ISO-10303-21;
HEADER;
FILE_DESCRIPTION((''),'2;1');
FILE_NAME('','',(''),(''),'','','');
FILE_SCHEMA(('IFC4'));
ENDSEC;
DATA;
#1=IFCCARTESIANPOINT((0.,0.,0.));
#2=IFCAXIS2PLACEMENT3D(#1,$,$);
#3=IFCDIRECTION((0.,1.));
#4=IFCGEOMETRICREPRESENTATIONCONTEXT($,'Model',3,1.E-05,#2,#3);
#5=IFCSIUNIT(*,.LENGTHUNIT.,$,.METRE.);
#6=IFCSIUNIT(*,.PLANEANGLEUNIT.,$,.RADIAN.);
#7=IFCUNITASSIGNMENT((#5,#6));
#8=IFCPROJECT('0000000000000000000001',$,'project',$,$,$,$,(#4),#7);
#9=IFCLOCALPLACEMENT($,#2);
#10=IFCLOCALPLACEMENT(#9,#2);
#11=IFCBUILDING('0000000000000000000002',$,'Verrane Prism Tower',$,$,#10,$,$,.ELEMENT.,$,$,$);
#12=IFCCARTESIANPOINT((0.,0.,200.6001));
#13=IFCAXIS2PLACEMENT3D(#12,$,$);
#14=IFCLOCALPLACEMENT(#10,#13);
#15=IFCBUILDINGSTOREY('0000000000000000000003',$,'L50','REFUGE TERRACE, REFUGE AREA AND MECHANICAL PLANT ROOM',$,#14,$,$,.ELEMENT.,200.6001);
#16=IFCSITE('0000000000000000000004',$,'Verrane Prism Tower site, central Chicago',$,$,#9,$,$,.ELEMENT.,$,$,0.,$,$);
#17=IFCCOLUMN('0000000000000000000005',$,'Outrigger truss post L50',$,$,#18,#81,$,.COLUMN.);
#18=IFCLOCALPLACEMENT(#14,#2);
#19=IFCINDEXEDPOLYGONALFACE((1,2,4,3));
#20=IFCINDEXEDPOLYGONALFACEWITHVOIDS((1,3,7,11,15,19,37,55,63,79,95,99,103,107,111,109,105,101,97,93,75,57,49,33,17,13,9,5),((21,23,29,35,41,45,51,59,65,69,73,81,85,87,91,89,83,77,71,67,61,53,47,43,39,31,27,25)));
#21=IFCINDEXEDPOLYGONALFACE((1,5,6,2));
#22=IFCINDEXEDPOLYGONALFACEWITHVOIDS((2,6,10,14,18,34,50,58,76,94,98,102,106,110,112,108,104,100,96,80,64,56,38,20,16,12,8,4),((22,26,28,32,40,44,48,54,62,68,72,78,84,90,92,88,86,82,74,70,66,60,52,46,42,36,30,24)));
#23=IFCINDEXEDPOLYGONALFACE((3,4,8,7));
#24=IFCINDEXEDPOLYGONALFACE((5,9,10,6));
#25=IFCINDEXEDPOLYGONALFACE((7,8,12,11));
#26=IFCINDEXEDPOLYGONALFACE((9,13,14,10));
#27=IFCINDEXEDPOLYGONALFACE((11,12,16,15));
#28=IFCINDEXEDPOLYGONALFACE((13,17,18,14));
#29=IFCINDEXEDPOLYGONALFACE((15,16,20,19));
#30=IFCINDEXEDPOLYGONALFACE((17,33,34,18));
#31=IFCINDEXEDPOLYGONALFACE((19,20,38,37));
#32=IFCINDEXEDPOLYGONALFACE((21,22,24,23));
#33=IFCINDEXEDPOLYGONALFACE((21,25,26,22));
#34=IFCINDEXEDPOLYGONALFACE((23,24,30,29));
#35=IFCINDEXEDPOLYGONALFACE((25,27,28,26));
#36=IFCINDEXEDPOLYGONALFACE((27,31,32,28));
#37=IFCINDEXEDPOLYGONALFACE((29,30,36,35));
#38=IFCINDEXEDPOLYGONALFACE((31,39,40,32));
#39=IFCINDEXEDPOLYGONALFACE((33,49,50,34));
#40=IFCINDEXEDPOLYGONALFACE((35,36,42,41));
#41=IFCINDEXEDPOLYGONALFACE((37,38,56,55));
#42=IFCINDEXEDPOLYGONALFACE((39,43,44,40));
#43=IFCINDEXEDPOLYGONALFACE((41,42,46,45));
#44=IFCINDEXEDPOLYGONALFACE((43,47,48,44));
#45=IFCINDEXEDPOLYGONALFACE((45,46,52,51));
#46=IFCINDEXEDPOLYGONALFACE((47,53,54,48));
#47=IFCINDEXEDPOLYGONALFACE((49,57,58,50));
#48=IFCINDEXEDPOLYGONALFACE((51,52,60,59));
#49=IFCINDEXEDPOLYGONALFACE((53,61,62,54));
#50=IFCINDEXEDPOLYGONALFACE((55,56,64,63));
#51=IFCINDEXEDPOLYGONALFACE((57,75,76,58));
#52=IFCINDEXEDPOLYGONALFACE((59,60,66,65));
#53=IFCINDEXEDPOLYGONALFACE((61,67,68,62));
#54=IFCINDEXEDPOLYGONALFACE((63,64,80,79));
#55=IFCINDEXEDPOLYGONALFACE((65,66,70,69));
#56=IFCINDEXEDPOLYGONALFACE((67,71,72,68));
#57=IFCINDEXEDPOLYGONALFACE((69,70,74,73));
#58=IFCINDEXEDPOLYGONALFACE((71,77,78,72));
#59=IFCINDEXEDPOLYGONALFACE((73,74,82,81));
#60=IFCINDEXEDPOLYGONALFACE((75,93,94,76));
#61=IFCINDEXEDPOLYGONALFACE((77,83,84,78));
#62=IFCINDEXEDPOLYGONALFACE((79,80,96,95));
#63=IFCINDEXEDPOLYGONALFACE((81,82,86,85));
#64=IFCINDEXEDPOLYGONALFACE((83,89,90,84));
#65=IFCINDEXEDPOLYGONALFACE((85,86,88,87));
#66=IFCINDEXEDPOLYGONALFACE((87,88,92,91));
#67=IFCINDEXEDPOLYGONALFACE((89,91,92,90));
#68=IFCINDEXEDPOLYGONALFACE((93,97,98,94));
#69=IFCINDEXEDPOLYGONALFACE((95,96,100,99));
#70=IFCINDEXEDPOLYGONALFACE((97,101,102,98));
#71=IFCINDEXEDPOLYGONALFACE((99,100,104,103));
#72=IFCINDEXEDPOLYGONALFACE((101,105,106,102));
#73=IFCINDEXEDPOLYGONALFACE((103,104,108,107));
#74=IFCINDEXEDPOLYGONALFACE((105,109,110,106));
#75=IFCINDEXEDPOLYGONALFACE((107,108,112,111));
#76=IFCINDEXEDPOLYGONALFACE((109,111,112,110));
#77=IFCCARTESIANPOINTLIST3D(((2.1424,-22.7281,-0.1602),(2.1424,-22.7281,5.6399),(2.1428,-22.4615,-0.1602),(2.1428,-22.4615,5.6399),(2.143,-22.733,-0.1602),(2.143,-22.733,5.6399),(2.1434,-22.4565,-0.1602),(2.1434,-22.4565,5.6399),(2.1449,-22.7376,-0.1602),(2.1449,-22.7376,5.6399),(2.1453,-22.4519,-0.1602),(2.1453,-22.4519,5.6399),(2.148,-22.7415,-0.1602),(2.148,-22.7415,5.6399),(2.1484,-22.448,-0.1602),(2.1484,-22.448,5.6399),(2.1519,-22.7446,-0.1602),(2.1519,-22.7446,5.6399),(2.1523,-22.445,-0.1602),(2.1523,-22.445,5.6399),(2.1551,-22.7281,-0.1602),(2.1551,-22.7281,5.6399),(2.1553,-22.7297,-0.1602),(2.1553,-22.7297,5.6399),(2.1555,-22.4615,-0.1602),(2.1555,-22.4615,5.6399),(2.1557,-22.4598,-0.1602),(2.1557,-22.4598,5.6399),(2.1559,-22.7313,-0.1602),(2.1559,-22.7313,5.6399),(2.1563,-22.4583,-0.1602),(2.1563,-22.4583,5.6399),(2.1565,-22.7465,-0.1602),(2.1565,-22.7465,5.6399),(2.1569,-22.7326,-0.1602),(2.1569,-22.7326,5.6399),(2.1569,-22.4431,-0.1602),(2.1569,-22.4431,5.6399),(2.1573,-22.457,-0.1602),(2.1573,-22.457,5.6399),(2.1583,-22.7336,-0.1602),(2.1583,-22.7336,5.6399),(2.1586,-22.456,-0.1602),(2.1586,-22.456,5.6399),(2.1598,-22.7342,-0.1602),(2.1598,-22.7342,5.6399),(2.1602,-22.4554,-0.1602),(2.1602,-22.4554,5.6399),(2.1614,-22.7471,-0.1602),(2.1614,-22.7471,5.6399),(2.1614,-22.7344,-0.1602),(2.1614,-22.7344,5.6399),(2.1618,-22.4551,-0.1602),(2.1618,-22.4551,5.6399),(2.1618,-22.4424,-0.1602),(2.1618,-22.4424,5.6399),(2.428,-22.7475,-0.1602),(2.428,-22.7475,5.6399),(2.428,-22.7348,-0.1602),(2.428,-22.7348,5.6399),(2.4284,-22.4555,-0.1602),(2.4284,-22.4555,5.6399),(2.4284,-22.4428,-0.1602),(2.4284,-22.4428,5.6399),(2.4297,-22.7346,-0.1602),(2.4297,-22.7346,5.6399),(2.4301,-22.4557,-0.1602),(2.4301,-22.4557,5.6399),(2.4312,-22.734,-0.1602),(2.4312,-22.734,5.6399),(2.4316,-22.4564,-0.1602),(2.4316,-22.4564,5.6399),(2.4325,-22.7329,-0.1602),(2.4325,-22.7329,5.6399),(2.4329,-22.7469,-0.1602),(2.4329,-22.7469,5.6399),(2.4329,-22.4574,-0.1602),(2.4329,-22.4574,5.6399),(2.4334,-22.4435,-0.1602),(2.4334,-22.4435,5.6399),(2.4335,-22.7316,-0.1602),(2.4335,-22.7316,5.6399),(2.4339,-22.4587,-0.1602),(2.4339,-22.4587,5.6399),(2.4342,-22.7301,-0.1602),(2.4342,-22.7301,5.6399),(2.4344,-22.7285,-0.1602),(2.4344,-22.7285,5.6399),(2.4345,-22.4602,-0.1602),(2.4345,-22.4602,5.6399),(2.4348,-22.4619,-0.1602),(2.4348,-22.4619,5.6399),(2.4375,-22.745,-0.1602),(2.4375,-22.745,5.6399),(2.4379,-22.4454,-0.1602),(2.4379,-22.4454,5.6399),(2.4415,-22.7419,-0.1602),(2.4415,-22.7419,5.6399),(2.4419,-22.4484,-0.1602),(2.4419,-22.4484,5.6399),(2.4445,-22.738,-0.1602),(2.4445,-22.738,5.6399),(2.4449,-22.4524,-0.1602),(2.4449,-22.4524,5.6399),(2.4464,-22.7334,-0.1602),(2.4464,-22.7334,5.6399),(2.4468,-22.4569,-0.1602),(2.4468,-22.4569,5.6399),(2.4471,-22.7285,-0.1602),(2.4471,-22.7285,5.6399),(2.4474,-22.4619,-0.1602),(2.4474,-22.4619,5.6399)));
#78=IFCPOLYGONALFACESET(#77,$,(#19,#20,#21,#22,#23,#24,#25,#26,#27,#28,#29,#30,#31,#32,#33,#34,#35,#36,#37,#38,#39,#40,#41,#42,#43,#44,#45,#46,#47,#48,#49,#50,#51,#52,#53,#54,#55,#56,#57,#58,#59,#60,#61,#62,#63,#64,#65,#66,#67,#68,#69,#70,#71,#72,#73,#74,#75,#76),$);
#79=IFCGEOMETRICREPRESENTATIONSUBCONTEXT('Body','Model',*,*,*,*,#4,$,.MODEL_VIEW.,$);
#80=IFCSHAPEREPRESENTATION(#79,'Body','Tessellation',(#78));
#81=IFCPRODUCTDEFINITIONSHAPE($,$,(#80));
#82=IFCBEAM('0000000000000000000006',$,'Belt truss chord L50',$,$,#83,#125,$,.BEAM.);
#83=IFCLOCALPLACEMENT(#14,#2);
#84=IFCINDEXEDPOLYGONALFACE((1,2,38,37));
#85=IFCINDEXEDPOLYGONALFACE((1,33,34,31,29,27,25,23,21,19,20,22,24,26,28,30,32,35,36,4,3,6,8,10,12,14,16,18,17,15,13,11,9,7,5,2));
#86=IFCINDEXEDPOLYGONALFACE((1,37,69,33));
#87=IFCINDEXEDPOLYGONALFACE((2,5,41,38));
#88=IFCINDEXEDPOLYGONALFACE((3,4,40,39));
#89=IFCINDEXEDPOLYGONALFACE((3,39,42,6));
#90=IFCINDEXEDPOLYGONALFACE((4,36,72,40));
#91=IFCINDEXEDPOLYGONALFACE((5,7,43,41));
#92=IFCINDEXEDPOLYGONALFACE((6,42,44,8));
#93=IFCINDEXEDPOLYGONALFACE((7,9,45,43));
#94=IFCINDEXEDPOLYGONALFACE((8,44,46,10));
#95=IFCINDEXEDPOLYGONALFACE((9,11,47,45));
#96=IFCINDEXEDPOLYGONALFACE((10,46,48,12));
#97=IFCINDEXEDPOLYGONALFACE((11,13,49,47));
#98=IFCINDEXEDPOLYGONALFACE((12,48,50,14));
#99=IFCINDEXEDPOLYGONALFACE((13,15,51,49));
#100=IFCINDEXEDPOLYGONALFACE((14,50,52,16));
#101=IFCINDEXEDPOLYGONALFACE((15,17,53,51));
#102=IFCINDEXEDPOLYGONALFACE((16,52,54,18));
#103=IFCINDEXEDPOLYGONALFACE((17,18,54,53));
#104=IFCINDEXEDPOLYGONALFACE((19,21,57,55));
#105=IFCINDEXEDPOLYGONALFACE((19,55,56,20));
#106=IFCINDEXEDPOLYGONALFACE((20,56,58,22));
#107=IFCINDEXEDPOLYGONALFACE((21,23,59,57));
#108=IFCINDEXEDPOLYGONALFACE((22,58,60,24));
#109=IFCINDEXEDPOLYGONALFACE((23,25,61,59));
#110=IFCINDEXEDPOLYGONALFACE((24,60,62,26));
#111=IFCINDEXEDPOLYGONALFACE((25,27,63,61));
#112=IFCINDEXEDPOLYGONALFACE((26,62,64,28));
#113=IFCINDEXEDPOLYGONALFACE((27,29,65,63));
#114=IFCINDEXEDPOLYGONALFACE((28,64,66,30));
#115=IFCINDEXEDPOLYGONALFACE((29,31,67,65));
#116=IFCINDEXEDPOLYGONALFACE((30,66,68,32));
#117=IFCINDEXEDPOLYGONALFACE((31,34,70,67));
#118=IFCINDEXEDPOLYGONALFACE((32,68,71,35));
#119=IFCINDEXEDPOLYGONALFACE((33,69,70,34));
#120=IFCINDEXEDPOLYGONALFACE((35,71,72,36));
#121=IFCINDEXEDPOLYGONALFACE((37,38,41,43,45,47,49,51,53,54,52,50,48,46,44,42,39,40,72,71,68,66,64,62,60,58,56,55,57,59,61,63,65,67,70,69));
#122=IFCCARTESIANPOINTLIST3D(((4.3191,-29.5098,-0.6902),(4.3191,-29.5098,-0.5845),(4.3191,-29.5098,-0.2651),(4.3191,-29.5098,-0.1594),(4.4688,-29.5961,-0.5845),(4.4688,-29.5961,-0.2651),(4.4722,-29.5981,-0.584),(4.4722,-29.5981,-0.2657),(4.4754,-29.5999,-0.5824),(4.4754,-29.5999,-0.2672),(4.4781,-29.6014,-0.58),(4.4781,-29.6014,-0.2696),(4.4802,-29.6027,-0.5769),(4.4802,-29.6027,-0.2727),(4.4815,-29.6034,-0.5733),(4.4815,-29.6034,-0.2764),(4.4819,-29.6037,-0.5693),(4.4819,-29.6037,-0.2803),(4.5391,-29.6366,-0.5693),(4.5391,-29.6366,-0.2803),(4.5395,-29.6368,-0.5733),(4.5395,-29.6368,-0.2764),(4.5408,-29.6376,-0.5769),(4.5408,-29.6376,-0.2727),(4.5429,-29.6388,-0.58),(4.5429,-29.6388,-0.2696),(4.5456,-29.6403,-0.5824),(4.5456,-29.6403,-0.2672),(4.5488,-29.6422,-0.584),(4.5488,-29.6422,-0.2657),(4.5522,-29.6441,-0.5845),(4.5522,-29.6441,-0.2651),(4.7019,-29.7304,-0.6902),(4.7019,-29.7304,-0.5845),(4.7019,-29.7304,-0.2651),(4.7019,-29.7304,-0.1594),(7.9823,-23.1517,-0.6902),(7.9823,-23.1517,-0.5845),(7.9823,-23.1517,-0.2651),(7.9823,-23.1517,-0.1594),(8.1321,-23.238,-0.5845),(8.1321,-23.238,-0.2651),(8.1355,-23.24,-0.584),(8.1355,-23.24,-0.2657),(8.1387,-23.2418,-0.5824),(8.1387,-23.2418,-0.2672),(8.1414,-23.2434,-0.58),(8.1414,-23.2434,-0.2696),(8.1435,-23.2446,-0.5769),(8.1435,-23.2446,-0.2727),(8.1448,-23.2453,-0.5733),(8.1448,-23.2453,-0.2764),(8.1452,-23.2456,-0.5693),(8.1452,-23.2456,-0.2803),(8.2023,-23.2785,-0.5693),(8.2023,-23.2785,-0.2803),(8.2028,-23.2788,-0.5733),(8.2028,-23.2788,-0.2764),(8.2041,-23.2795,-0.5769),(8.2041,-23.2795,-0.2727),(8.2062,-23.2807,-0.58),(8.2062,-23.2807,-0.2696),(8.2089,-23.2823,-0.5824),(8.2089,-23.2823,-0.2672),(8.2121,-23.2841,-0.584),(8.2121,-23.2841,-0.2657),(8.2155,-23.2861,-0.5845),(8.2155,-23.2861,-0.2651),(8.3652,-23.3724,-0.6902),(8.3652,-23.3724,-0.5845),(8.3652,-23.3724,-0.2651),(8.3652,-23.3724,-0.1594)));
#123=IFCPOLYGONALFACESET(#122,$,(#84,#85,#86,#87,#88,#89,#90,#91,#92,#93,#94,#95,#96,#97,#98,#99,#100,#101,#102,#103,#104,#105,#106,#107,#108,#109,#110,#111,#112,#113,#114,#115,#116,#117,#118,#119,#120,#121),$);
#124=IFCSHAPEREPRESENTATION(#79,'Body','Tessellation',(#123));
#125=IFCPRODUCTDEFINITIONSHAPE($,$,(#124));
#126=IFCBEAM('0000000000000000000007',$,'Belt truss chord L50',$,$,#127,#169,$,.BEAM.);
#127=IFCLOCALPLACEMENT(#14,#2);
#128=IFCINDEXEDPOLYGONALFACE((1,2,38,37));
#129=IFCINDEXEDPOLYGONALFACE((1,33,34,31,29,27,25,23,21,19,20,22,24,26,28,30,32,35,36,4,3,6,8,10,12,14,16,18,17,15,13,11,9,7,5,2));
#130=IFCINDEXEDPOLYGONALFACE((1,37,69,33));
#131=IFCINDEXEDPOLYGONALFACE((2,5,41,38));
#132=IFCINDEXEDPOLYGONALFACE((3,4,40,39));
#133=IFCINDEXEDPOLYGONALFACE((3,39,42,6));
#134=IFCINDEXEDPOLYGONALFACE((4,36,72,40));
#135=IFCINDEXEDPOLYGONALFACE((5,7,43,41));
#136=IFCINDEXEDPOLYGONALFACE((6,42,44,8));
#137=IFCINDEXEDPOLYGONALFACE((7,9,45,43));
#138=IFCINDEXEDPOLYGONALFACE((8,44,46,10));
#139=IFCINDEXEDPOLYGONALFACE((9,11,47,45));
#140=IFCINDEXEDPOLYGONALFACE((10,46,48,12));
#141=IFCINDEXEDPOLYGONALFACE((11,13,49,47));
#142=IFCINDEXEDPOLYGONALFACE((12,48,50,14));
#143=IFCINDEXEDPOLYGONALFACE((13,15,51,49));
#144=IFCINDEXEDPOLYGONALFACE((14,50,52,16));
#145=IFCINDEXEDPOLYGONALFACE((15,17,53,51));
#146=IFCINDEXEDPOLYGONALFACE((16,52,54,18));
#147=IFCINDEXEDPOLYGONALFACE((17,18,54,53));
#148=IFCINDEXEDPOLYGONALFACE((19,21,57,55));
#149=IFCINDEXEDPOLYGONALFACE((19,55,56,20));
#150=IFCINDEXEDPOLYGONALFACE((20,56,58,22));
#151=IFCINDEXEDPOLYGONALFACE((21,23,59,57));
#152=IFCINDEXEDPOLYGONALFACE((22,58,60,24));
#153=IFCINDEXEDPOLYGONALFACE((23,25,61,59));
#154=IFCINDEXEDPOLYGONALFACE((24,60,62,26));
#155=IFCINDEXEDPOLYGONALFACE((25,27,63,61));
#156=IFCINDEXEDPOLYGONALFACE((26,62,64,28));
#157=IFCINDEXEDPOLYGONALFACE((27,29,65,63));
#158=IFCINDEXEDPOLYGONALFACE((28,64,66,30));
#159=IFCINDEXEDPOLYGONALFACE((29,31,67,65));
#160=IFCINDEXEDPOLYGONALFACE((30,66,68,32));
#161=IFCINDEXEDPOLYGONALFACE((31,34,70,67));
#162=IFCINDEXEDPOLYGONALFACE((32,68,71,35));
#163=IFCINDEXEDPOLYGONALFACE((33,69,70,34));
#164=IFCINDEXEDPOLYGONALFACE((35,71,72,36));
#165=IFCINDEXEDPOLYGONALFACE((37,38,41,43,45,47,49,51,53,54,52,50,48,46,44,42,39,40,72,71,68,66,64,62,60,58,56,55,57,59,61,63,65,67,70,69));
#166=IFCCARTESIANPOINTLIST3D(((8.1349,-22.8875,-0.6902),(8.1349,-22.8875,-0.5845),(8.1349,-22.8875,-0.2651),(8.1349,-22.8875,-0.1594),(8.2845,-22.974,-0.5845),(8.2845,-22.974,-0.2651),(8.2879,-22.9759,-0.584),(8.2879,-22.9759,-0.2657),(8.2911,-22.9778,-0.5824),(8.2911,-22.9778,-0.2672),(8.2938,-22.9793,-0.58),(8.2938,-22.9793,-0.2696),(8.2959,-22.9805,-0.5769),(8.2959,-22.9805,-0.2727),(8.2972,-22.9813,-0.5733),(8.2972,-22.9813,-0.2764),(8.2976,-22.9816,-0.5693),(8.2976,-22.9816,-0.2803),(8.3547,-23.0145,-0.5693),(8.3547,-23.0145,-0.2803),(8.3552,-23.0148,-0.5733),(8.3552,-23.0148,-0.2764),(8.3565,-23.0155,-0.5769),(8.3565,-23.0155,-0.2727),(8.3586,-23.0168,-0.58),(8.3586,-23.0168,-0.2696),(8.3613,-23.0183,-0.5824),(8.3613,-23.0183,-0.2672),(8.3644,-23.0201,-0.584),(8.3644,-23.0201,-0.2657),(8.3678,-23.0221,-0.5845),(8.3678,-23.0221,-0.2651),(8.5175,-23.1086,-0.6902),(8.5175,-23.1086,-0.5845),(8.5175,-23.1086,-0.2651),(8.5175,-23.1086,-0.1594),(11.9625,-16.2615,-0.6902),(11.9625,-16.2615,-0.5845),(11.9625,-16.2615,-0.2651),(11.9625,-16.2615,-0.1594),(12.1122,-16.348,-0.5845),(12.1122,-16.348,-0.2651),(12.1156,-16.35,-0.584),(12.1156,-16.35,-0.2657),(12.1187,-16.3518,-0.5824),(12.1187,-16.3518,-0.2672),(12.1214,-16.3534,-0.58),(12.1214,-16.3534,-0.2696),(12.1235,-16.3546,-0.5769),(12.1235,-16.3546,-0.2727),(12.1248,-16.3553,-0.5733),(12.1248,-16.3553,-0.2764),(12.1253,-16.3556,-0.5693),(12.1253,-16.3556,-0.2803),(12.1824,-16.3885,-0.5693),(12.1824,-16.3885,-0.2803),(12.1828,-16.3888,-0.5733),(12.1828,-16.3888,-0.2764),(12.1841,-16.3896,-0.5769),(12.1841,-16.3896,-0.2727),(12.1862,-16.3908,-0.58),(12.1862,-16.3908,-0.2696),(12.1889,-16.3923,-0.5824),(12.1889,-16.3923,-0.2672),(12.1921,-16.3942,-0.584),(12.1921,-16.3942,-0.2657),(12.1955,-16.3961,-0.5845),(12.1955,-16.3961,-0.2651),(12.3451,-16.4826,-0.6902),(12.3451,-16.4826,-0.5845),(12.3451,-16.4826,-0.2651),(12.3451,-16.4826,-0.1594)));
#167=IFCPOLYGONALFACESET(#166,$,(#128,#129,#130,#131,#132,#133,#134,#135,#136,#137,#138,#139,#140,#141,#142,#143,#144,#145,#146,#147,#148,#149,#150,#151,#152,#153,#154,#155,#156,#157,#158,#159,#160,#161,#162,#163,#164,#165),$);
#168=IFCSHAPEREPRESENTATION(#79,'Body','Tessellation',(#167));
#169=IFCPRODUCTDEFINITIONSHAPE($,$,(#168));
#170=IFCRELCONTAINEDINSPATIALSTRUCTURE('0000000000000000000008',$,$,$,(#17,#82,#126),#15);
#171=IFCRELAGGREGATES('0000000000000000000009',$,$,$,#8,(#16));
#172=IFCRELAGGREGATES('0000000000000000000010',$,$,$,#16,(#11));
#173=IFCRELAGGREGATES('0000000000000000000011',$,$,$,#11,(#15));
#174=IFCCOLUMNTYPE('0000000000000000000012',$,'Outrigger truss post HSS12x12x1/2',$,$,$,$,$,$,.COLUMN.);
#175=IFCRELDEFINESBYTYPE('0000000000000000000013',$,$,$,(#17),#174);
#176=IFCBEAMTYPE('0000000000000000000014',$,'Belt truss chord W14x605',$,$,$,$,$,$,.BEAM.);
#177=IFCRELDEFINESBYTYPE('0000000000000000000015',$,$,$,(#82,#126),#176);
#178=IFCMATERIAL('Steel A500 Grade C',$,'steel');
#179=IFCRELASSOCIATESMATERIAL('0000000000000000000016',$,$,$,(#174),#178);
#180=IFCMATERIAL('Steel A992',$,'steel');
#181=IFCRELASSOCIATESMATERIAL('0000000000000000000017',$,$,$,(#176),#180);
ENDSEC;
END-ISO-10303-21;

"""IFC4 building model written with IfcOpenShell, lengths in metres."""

from ifc_helpers import new_model, si_unit, direction, frame, origin, origin_2d, place, context, subcontext, project, spatial, hollow_rectangle, i_section, extrude, material, material_profile, profile_set, type_object, element, save


model = new_model("IFC4")

# Units and contexts
model_context = context("Model", 3, precision=1e-05, world=origin(), true_north=direction((0.0, 1.0)))
body_context = subcontext(model_context, "Body", "Model", "MODEL_VIEW")
ifc_project = project(units=[si_unit("LENGTHUNIT", "METRE"), si_unit("PLANEANGLEUNIT", "RADIAN")], contexts=[model_context])

# Site, building, storey
site_placement = place(None, origin())
site = spatial("IfcSite", under=ifc_project, at=site_placement, Name="Verrane Prism Tower site, central Chicago", CompositionType="ELEMENT", RefElevation=0.0)
building_placement = place(site_placement, origin())
building = spatial("IfcBuilding", under=site, at=building_placement, Name="Verrane Prism Tower", CompositionType="ELEMENT")
storey_placement = place(building_placement, frame((0.0, 0.0, 200.6001)))
storey = spatial("IfcBuildingStorey", under=building, at=storey_placement, Name="L50", Description="REFUGE TERRACE, REFUGE AREA AND MECHANICAL PLANT ROOM", CompositionType="ELEMENT", Elevation=200.6001)

# Column
ifc_material_1 = material(Name="Steel A500 Grade C", Category="steel")
ifc_material_profile_1 = material_profile(ifc_material_1, hollow_rectangle(XDim=0.3047, YDim=0.3047, WallThickness=0.0127, InnerFilletRadius=0.0063, OuterFilletRadius=0.019, at=origin_2d()), Name="HSS12x12x1/2")
ifc_profile_set_1 = profile_set([ifc_material_profile_1], Name="Steel A500 Grade C")
column_type_1 = type_object("IfcColumnType", Name="Outrigger truss post HSS12x12x1/2", PredefinedType="COLUMN", material=ifc_profile_set_1)
column_1_placement = place(storey_placement, frame((2.2949, -22.595, -0.1602), z_axis=(0.0, 0.0, 1.0), x_axis=(0.999999, -0.001353, 0.0)))
element("IfcColumn", 1, at=column_1_placement, inside=storey, type_object=column_type_1, Name="Outrigger truss post L50", PredefinedType="COLUMN", context=body_context, shape_type="SweptSolid", body=[
    extrude(hollow_rectangle(XDim=0.3047, YDim=0.3047, WallThickness=0.0127, InnerFilletRadius=0.0063, OuterFilletRadius=0.019, at=origin_2d()), origin(), (0.0, 0.0, 1.0), 5.8),
])

# Beams
ifc_material_2 = material(Name="Steel A992", Category="steel")
ifc_material_profile_2 = material_profile(ifc_material_2, i_section(OverallWidth=0.4419, OverallDepth=0.5308, WebThickness=0.0659, FlangeThickness=0.1057, FilletRadius=0.0151, at=origin_2d()), Name="W14x605")
ifc_profile_set_2 = profile_set([ifc_material_profile_2], Name="Steel A992")
beam_type_1 = type_object("IfcBeamType", Name="Belt truss chord W14x605", PredefinedType="BEAM", material=ifc_profile_set_2)
beam_1_placement = place(storey_placement, frame((4.5105, -29.6201, -0.4248), z_axis=(0.499228, 0.866471, 0.0), x_axis=(-0.866471, 0.499228, 0.0)))
element("IfcBeam", 2, at=beam_1_placement, inside=storey, type_object=beam_type_1, Name="Belt truss chord L50", PredefinedType="BEAM", context=body_context, shape_type="SweptSolid", body=[
    extrude(i_section(OverallWidth=0.4419, OverallDepth=0.5308, WebThickness=0.0659, FlangeThickness=0.1057, FilletRadius=0.0151, at=origin_2d()), origin(), (0.0, 0.0, 1.0), 7.3379),
])
beam_2_placement = place(storey_placement, frame((8.3262, -22.998, -0.4248), z_axis=(0.500208, 0.865905, 0.0), x_axis=(-0.865905, 0.500208, 0.0)))
element("IfcBeam", 3, at=beam_2_placement, inside=storey, type_object=beam_type_1, Name="Belt truss chord L50", PredefinedType="BEAM", context=body_context, shape_type="SweptSolid", body=[
    extrude(i_section(OverallWidth=0.4419, OverallDepth=0.5308, WebThickness=0.0659, FlangeThickness=0.1057, FilletRadius=0.0151, at=origin_2d()), origin(), (0.0, 0.0, 1.0), 7.6521),
])

save(model, "model.ifc")
